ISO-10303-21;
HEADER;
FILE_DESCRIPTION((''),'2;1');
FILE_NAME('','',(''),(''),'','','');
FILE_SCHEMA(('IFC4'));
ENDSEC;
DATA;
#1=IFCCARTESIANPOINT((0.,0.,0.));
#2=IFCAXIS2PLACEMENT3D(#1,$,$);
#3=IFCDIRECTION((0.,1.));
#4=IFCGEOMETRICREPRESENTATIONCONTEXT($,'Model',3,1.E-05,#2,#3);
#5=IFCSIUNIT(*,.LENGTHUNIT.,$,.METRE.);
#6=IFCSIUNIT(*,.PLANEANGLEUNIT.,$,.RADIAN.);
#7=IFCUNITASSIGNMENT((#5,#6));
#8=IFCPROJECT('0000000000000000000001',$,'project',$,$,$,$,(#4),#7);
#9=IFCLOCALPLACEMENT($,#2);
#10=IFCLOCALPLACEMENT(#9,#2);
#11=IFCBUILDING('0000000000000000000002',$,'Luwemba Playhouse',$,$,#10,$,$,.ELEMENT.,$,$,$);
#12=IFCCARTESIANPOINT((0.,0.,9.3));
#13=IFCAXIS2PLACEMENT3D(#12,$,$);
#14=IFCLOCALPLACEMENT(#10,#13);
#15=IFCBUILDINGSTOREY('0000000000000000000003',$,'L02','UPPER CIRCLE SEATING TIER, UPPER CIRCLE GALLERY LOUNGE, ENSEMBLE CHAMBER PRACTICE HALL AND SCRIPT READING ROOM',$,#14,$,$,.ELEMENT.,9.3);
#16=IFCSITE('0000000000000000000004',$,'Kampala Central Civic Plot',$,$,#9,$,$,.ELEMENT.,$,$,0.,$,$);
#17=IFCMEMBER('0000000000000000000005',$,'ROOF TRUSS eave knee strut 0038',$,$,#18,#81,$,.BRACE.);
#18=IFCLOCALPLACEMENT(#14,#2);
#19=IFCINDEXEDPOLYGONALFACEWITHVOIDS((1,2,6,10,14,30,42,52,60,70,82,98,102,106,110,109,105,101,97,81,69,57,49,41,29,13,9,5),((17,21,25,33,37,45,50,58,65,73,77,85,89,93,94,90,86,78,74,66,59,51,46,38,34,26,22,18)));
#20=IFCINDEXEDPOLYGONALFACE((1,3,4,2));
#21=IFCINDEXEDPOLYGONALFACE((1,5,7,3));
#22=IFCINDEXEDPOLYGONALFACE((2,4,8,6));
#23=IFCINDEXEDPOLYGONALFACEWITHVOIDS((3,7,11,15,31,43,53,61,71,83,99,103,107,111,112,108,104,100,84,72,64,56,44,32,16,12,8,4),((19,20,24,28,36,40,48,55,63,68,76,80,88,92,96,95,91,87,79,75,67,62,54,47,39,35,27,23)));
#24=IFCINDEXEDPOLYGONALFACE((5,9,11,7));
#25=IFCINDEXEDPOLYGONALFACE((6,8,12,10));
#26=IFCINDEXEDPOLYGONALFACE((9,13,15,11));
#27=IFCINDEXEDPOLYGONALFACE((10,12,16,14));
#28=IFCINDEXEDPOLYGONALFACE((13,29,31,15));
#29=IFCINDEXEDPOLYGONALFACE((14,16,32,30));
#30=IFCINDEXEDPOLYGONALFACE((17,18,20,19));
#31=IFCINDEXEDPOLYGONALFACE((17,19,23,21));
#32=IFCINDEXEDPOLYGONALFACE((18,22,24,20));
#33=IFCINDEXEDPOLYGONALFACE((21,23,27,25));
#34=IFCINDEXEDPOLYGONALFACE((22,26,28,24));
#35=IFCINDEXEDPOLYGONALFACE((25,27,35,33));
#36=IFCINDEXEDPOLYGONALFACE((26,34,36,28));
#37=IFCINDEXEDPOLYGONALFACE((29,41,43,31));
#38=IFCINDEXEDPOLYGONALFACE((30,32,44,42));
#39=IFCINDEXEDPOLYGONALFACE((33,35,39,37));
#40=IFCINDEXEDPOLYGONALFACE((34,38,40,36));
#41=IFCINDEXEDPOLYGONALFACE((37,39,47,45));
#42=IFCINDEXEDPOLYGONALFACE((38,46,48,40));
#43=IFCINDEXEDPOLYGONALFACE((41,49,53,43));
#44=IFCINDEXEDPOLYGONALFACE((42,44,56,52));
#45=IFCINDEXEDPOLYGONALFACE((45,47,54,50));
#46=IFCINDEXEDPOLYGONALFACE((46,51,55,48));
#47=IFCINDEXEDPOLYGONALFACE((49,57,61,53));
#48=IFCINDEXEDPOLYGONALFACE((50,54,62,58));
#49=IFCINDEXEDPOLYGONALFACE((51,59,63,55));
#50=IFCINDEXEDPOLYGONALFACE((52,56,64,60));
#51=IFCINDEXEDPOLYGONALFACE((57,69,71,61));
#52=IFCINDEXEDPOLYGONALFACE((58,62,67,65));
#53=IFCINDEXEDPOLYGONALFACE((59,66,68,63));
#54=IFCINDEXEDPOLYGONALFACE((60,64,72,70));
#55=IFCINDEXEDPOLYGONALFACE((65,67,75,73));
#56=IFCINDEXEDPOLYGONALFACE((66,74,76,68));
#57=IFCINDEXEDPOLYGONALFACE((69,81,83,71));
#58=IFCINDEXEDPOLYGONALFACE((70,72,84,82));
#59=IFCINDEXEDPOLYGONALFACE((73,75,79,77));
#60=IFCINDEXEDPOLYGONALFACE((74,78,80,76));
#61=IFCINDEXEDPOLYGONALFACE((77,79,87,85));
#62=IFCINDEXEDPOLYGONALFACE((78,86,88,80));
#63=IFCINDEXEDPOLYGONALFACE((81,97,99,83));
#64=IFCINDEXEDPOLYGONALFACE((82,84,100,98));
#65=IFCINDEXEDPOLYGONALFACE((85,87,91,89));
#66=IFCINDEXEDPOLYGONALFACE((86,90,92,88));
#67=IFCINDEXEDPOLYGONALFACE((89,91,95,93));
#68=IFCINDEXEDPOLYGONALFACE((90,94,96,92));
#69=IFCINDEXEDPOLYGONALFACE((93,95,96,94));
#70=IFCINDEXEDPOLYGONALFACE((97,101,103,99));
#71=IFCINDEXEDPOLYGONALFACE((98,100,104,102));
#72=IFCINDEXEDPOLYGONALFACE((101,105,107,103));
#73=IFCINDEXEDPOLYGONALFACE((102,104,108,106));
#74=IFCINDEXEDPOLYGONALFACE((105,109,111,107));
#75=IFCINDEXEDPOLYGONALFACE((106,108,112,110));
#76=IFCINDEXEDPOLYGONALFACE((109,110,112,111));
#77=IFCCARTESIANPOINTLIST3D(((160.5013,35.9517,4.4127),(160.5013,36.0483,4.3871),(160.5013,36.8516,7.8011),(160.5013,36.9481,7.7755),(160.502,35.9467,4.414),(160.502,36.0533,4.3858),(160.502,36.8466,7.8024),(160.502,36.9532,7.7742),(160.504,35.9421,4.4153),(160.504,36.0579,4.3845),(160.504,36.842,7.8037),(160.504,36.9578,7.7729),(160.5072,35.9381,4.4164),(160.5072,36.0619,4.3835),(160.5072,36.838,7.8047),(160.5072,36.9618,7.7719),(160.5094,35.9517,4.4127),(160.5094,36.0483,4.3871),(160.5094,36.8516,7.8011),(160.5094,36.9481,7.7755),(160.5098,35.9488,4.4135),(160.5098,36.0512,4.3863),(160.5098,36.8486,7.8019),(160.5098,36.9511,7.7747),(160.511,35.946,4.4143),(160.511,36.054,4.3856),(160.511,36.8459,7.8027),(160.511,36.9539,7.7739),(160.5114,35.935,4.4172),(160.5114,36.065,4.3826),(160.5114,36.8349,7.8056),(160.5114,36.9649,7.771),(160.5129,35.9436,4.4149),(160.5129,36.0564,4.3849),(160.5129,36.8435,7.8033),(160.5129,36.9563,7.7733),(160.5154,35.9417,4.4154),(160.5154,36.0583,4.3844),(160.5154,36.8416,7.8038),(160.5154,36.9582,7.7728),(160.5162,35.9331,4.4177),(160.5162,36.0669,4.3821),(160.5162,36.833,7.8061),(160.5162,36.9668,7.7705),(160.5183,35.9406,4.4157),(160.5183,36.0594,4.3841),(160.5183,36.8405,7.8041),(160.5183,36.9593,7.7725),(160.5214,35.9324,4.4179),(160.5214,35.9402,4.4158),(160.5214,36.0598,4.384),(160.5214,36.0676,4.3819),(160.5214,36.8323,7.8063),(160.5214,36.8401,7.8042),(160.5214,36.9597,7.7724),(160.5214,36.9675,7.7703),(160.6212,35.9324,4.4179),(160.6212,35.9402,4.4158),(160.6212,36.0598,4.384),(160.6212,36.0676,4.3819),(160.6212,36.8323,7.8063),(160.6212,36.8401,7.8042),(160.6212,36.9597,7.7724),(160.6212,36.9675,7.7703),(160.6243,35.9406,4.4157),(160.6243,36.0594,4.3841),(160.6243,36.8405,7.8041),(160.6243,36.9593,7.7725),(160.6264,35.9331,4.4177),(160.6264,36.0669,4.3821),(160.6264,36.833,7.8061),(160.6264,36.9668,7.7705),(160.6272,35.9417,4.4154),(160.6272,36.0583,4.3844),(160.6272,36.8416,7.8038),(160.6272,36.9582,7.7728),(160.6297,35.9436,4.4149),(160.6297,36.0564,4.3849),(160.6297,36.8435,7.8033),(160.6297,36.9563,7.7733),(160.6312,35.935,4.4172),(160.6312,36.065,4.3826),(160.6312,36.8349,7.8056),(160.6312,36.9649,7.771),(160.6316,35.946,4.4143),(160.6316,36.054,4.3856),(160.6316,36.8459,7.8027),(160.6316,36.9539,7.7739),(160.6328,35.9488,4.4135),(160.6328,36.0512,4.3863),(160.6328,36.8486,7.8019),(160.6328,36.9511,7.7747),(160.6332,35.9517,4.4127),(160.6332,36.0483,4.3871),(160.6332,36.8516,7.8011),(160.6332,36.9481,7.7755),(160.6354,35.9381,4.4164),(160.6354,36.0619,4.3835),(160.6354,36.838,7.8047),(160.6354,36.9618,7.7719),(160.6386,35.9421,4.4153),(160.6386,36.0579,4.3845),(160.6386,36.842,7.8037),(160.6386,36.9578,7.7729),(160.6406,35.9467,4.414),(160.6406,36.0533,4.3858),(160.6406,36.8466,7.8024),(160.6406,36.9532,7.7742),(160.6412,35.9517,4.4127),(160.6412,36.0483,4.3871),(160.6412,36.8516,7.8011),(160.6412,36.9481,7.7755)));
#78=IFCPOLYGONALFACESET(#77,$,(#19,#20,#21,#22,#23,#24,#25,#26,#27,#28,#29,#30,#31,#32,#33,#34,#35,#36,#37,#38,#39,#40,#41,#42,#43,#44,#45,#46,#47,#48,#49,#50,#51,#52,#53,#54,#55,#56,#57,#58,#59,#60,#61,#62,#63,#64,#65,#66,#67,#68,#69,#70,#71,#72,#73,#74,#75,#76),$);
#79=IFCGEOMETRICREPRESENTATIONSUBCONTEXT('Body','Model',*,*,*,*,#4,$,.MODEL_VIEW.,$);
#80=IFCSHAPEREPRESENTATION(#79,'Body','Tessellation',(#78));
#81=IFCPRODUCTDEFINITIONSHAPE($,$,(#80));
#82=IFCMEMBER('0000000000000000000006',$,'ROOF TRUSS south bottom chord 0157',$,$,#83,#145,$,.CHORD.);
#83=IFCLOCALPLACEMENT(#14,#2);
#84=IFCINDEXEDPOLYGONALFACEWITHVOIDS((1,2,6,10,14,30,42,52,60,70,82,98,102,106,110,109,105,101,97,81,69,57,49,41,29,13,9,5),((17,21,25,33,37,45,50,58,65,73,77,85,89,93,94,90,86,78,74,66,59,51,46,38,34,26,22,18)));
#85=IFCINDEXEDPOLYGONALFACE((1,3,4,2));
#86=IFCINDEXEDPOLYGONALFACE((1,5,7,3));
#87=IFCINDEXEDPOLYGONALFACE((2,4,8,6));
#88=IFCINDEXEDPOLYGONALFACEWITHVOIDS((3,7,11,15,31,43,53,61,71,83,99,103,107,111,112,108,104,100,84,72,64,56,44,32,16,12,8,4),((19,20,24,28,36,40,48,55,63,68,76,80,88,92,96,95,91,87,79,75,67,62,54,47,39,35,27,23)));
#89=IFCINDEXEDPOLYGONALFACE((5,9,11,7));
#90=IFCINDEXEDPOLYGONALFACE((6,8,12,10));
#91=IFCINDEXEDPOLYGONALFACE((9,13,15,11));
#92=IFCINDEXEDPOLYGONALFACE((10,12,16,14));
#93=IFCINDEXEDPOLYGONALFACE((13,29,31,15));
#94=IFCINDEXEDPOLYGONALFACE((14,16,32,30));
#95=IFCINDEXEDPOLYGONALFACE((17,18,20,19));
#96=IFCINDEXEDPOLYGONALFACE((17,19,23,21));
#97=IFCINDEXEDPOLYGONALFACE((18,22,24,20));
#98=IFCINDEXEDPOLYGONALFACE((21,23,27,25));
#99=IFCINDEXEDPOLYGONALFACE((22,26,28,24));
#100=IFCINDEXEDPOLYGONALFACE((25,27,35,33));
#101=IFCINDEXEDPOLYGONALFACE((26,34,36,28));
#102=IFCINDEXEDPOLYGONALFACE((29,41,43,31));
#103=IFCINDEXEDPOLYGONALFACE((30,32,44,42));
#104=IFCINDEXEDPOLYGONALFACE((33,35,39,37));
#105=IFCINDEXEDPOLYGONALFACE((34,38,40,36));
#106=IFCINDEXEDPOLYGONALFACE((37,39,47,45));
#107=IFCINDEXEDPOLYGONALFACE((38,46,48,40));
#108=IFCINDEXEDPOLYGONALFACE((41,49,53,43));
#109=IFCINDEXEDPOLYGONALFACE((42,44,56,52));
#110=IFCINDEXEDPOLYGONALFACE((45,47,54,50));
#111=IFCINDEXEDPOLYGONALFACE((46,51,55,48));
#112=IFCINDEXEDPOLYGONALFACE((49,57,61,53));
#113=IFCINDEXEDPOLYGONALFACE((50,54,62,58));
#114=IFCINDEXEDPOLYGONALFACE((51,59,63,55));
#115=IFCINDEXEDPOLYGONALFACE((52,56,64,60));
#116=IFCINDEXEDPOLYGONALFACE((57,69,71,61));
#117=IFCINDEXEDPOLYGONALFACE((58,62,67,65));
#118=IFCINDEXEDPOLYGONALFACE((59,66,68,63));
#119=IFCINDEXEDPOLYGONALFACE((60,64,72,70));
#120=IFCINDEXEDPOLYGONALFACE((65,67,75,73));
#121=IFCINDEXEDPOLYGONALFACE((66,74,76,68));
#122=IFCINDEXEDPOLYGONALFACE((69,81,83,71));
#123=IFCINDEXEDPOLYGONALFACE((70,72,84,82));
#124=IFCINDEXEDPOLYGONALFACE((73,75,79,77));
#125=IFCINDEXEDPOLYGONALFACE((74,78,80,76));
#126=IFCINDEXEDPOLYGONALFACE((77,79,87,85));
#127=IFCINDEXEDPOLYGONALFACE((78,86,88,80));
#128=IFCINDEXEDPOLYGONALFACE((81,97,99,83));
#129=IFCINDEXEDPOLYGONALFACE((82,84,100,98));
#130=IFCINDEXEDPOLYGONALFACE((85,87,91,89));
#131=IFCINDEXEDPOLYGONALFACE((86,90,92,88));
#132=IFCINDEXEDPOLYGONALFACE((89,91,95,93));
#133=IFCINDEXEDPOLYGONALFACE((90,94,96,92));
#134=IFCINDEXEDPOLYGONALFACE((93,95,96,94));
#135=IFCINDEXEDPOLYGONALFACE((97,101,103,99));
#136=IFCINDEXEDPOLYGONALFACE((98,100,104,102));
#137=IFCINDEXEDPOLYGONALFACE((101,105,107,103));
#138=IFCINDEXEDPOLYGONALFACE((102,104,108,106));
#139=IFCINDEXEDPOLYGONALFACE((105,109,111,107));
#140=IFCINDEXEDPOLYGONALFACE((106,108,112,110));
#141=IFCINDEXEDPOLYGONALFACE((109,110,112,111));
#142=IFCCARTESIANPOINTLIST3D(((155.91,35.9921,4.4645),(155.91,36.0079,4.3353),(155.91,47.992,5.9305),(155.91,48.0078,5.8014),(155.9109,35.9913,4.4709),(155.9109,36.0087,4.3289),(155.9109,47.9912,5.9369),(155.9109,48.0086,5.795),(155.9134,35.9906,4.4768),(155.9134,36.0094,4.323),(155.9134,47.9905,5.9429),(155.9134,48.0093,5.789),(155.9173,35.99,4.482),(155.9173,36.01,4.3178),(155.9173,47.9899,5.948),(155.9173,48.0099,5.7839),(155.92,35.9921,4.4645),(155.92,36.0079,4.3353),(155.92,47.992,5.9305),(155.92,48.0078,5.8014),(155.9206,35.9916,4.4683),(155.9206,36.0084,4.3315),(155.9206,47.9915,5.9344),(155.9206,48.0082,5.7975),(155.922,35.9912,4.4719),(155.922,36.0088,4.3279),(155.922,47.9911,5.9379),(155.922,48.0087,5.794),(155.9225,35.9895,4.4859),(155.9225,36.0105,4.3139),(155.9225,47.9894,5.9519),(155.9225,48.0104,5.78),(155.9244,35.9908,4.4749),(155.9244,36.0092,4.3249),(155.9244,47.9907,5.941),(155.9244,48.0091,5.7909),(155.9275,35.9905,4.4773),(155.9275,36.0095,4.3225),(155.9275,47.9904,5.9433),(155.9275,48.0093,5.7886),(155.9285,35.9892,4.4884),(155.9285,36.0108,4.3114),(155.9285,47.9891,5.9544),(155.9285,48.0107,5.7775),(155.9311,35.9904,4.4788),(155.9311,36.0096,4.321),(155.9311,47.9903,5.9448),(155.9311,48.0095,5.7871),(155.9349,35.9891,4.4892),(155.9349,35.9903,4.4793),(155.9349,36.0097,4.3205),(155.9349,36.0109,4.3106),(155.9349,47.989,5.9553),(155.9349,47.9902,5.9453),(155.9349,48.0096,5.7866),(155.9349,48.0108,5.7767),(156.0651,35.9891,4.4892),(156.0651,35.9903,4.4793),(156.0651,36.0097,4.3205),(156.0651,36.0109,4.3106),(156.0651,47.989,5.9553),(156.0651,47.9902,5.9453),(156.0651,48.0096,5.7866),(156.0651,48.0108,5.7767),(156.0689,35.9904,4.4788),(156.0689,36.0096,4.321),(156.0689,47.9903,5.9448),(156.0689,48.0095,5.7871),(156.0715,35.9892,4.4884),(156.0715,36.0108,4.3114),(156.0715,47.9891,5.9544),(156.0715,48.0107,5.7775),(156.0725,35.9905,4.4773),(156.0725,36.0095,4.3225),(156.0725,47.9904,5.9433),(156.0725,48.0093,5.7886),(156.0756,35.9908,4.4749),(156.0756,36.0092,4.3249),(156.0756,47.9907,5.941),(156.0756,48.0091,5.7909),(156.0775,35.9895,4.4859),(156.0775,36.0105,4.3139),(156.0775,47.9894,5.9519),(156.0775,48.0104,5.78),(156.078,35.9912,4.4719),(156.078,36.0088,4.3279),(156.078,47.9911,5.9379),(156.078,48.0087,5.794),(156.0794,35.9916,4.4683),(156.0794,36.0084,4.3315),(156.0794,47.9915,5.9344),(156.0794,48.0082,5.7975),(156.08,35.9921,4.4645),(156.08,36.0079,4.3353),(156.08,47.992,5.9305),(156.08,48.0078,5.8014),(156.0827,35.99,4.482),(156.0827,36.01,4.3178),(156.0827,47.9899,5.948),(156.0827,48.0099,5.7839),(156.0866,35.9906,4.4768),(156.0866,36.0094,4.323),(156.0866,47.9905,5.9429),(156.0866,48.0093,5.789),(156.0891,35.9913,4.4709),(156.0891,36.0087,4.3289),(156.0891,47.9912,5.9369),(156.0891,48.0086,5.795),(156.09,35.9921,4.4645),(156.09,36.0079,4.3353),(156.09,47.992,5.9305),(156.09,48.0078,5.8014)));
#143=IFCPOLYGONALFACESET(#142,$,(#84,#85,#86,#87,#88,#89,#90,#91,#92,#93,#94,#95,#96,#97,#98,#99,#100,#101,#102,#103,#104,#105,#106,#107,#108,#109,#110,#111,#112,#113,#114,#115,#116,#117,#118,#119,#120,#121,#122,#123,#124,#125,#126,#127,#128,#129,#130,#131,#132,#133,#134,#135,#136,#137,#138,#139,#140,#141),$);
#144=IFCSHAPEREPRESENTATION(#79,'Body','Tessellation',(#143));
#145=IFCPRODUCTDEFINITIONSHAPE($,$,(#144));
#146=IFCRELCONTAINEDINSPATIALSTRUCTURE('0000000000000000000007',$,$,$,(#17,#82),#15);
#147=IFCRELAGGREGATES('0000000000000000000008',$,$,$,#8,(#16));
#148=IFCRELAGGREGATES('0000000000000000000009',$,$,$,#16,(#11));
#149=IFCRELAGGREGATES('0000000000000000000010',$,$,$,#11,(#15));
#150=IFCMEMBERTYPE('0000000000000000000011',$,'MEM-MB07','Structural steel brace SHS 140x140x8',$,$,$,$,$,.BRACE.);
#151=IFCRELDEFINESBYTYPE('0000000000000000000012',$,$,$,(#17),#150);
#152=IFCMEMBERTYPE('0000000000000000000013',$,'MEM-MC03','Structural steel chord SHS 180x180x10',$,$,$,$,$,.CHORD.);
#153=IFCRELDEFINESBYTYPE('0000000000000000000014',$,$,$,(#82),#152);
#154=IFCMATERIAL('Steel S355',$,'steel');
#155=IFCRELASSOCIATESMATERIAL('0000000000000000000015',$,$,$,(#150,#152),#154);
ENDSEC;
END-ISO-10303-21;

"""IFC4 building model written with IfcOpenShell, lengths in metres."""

from ifc_helpers import new_model, si_unit, direction, frame, origin, origin_2d, place, context, subcontext, project, spatial, hollow_rectangle, extrude, material, material_profile, profile_set, type_object, element, save


model = new_model("IFC4")

# Units and contexts
model_context = context("Model", 3, precision=1e-05, world=origin(), true_north=direction((0.0, 1.0)))
body_context = subcontext(model_context, "Body", "Model", "MODEL_VIEW")
ifc_project = project(units=[si_unit("LENGTHUNIT", "METRE"), si_unit("PLANEANGLEUNIT", "RADIAN")], contexts=[model_context])

# Site, building, storey
site_placement = place(None, origin())
site = spatial("IfcSite", under=ifc_project, at=site_placement, Name="Kampala Central Civic Plot", CompositionType="ELEMENT", RefElevation=0.0)
building_placement = place(site_placement, origin())
building = spatial("IfcBuilding", under=site, at=building_placement, Name="Luwemba Playhouse", CompositionType="ELEMENT")
storey_placement = place(building_placement, frame((0.0, 0.0, 9.3)))
storey = spatial("IfcBuildingStorey", under=building, at=storey_placement, Name="L02", Description="UPPER CIRCLE SEATING TIER, UPPER CIRCLE GALLERY LOUNGE, ENSEMBLE CHAMBER PRACTICE HALL AND SCRIPT READING ROOM", CompositionType="ELEMENT", Elevation=9.3)

# Shared definitions
ifc_material_1 = material(Name="Steel S355", Category="steel")

# Members
ifc_material_profile_1 = material_profile(ifc_material_1, hollow_rectangle(XDim=0.1399, YDim=0.1399, WallThickness=0.0081, InnerFilletRadius=0.012, OuterFilletRadius=0.02, at=origin_2d()))
ifc_profile_set_1 = profile_set([ifc_material_profile_1], Name="Steel S355")
member_type_1 = type_object("IfcMemberType", Name="MEM-MB07", Description="Structural steel brace SHS 140x140x8", PredefinedType="BRACE", material=ifc_profile_set_1)
member_1_placement = place(storey_placement, frame((160.5713, 36.0, 4.3999), z_axis=(0.0, 0.256683, 0.966496), x_axis=(-1.0, 0.0, 0.0)))
element("IfcMember", 1, at=member_1_placement, inside=storey, type_object=member_type_1, Name="ROOF TRUSS eave knee strut 0038", PredefinedType="BRACE", context=body_context, shape_type="SweptSolid", body=[
    extrude(hollow_rectangle(XDim=0.1399, YDim=0.1399, WallThickness=0.0081, InnerFilletRadius=0.012, OuterFilletRadius=0.02, at=origin_2d()), origin(), (0.0, 0.0, 1.0), 3.5059),
])
ifc_material_profile_2 = material_profile(ifc_material_1, hollow_rectangle(XDim=0.1799, YDim=0.1799, WallThickness=0.01, InnerFilletRadius=0.0149, OuterFilletRadius=0.0249, at=origin_2d()))
ifc_profile_set_2 = profile_set([ifc_material_profile_2], Name="Steel S355")
member_type_2 = type_object("IfcMemberType", Name="MEM-MC03", Description="Structural steel chord SHS 180x180x10", PredefinedType="CHORD", material=ifc_profile_set_2)
member_2_placement = place(storey_placement, frame((156.0, 36.0, 4.3999), z_axis=(0.0, 0.99262, 0.12127), x_axis=(-1.0, 0.0, 0.0)))
element("IfcMember", 2, at=member_2_placement, inside=storey, type_object=member_type_2, Name="ROOF TRUSS south bottom chord 0157", PredefinedType="CHORD", context=body_context, shape_type="SweptSolid", body=[
    extrude(hollow_rectangle(XDim=0.1799, YDim=0.1799, WallThickness=0.01, InnerFilletRadius=0.0149, OuterFilletRadius=0.0249, at=origin_2d()), origin(), (0.0, 0.0, 1.0), 12.0891),
])

save(model, "model.ifc")
